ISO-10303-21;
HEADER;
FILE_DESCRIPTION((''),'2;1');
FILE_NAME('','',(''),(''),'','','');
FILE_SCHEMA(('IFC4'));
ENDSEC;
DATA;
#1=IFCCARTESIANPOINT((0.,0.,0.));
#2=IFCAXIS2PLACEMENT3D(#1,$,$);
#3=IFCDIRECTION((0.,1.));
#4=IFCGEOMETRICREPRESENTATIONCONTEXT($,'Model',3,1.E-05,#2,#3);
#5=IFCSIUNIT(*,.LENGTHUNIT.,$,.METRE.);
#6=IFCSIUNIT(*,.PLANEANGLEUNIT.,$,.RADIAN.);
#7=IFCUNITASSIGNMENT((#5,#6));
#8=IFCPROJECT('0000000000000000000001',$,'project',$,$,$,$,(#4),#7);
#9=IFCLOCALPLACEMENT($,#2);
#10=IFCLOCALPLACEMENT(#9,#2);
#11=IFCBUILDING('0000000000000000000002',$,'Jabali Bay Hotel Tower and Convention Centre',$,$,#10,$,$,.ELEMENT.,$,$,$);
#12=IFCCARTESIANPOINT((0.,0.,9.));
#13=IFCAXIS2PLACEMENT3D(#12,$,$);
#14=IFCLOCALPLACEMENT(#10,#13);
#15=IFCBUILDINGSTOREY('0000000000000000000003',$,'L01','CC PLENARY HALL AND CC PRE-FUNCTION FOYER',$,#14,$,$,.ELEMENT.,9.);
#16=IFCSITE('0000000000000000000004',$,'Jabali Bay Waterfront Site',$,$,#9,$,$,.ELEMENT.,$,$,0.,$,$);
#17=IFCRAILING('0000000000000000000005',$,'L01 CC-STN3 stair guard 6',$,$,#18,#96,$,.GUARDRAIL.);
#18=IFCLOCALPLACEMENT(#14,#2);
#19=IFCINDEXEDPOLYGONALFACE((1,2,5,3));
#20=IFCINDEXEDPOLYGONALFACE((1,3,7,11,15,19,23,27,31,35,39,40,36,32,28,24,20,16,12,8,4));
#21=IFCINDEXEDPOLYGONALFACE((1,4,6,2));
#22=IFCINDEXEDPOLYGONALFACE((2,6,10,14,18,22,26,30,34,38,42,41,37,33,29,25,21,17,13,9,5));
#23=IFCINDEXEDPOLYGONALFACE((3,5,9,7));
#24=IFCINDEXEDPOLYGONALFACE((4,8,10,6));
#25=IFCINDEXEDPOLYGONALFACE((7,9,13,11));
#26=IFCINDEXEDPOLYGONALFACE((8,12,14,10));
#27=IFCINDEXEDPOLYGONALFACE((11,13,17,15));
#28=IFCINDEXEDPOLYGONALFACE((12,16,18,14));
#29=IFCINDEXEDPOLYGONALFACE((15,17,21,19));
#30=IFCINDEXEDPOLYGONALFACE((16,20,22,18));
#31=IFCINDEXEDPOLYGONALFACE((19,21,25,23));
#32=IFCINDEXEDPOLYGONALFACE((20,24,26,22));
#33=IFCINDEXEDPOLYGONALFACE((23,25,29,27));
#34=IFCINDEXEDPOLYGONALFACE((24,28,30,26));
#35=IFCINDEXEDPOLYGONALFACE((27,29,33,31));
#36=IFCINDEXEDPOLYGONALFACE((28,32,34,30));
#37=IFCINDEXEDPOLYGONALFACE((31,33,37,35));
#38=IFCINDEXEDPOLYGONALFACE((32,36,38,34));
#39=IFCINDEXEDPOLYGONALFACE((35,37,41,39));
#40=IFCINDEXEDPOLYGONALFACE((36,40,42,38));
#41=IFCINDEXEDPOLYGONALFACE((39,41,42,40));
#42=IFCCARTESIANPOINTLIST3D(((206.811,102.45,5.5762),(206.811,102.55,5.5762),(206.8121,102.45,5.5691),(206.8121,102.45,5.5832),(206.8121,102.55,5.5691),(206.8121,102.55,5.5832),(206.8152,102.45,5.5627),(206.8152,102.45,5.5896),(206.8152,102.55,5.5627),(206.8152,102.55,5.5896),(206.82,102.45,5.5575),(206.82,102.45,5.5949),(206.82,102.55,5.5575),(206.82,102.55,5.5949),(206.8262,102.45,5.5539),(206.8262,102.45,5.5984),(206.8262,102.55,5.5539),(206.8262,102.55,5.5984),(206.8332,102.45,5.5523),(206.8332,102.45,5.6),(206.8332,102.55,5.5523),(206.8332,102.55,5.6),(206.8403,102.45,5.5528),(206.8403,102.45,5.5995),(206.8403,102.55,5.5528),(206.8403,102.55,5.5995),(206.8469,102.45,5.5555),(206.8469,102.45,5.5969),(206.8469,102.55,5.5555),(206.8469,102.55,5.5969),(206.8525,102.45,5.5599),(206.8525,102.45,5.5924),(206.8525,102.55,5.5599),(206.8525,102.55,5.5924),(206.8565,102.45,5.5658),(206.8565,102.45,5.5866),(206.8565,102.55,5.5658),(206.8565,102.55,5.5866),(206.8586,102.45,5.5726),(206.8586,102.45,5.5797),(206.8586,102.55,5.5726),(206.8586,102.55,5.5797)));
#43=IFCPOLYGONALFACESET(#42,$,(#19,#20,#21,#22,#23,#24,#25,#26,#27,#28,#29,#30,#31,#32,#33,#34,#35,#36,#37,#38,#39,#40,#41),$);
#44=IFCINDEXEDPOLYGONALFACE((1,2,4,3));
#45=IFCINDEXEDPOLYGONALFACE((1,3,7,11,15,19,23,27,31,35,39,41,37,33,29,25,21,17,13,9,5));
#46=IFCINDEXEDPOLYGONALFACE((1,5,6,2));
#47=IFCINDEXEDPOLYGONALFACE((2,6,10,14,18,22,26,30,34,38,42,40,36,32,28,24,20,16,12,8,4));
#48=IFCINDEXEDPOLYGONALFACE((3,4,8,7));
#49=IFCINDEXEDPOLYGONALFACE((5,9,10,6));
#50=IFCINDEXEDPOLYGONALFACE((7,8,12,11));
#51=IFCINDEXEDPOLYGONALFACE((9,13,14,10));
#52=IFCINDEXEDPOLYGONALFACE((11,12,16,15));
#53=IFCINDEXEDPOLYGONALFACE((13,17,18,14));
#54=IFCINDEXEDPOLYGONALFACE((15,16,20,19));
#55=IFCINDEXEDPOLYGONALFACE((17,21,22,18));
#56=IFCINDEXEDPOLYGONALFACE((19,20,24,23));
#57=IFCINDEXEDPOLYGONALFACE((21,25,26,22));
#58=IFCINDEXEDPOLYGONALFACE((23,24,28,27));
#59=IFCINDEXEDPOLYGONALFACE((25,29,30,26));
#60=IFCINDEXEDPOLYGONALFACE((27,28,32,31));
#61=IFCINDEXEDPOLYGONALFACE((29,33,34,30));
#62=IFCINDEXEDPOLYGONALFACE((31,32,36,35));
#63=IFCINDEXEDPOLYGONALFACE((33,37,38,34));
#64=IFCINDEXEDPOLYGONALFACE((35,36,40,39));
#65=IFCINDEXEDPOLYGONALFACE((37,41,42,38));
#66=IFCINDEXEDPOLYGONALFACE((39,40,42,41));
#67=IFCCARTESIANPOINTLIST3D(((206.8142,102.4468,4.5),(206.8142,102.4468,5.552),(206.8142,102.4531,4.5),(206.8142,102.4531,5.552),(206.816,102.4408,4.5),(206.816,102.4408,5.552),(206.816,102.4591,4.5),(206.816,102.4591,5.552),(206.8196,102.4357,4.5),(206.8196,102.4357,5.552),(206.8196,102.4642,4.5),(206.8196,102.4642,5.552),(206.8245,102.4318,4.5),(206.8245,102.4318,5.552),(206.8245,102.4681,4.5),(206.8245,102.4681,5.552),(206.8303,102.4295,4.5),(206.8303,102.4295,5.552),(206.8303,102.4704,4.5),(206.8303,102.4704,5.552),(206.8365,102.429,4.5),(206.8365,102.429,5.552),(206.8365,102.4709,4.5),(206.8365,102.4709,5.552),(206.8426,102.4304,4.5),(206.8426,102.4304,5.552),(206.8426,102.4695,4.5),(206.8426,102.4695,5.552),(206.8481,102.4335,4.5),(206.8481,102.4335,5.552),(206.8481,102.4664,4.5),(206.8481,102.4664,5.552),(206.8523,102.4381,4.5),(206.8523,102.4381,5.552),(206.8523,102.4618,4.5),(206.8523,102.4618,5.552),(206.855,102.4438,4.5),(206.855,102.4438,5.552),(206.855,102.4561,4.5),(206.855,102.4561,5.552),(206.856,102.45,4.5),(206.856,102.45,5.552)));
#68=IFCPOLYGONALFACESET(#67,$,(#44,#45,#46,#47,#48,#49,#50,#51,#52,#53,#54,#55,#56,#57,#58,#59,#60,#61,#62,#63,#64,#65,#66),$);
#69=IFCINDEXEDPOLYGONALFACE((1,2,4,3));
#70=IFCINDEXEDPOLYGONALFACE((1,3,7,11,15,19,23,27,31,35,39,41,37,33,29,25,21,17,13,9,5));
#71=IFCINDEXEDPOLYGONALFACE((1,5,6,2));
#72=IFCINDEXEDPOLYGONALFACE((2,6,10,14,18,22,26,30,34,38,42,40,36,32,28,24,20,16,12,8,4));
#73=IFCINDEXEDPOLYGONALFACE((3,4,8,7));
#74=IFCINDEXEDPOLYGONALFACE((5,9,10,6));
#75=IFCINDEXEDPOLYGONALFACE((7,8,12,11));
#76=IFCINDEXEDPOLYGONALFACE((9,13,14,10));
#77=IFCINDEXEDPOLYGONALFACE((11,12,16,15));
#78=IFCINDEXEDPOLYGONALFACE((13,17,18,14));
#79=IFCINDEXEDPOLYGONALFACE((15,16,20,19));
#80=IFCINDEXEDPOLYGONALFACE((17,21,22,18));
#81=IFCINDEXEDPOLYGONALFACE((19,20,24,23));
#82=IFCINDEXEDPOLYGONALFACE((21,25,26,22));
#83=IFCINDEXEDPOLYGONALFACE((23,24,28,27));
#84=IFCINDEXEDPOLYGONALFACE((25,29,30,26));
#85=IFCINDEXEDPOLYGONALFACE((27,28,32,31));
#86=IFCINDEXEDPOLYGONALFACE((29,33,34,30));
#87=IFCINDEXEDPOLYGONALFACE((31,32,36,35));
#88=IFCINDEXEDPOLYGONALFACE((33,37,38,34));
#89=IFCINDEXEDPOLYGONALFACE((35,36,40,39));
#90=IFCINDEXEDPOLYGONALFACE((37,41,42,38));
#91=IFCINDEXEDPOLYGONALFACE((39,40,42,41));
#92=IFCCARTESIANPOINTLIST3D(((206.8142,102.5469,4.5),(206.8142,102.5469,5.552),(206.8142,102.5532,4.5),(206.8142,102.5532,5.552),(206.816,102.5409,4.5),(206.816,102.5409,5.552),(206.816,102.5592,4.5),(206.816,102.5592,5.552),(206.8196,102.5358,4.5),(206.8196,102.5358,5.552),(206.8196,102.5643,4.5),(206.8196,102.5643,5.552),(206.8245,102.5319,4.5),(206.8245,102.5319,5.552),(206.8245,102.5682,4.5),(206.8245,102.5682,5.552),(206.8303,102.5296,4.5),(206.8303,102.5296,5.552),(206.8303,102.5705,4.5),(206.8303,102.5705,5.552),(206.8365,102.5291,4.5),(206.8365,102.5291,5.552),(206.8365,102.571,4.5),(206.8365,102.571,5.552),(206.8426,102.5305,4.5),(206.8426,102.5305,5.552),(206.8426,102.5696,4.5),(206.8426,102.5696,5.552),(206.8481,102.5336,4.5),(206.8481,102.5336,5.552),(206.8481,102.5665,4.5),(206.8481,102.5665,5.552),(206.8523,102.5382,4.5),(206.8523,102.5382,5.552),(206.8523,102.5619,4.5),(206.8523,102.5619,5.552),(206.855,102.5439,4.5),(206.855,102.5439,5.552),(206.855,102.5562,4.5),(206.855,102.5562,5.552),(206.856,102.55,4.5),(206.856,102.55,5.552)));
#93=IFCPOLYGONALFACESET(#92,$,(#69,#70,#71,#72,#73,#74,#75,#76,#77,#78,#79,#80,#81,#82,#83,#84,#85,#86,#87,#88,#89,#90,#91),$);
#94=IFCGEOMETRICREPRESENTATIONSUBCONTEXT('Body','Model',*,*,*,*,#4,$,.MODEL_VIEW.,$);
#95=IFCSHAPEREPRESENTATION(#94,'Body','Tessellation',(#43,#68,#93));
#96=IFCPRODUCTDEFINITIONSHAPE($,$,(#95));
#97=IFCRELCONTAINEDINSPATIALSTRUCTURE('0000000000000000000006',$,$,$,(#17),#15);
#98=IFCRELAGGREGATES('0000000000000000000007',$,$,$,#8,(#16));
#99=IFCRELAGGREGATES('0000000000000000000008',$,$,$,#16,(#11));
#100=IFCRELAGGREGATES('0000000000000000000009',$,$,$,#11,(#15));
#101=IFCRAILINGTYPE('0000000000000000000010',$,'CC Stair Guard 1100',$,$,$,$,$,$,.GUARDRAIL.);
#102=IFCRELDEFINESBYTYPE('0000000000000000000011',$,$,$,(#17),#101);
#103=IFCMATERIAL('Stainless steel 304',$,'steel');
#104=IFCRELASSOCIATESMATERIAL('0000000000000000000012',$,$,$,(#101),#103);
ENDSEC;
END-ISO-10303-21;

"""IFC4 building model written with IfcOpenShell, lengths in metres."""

from ifc_helpers import new_model, si_unit, direction, frame, origin, origin_2d, place, context, subcontext, project, spatial, circle, extrude, material, type_object, element, save


model = new_model("IFC4")

# Units and contexts
model_context = context("Model", 3, precision=1e-05, world=origin(), true_north=direction((0.0, 1.0)))
body_context = subcontext(model_context, "Body", "Model", "MODEL_VIEW")
ifc_project = project(units=[si_unit("LENGTHUNIT", "METRE"), si_unit("PLANEANGLEUNIT", "RADIAN")], contexts=[model_context])

# Site, building, storey
site_placement = place(None, origin())
site = spatial("IfcSite", under=ifc_project, at=site_placement, Name="Jabali Bay Waterfront Site", CompositionType="ELEMENT", RefElevation=0.0)
building_placement = place(site_placement, origin())
building = spatial("IfcBuilding", under=site, at=building_placement, Name="Jabali Bay Hotel Tower and Convention Centre", CompositionType="ELEMENT")
storey_placement = place(building_placement, frame((0.0, 0.0, 9.0)))
storey = spatial("IfcBuildingStorey", under=building, at=storey_placement, Name="L01", Description="CC PLENARY HALL AND CC PRE-FUNCTION FOYER", CompositionType="ELEMENT", Elevation=9.0)

# Railing
ifc_material_1 = material(Name="Stainless steel 304", Category="steel")
railing_type_1 = type_object("IfcRailingType", Name="CC Stair Guard 1100", PredefinedType="GUARDRAIL", material=ifc_material_1)
railing_1_placement = place(storey_placement, frame((206.835, 102.45, 4.5)))
element("IfcRailing", 1, at=railing_1_placement, inside=storey, type_object=railing_type_1, Name="L01 CC-STN3 stair guard 6", PredefinedType="GUARDRAIL", context=body_context, shape_type="SweptSolid", body=[
    extrude(circle(Radius=0.0239, at=origin_2d()), frame((0.0, 0.0, 1.0762), z_axis=(0.0, 1.0, 0.0), x_axis=(-1.0, 0.0, 0.0)), (0.0, 0.0, 1.0), 0.1001),
    extrude(circle(Radius=0.021, at=origin_2d()), origin(), (0.0, 0.0, 1.0), 1.052),
    extrude(circle(Radius=0.021, at=origin_2d()), frame((0.0, 0.1001, 0.0)), (0.0, 0.0, 1.0), 1.052),
])

save(model, "model.ifc")
